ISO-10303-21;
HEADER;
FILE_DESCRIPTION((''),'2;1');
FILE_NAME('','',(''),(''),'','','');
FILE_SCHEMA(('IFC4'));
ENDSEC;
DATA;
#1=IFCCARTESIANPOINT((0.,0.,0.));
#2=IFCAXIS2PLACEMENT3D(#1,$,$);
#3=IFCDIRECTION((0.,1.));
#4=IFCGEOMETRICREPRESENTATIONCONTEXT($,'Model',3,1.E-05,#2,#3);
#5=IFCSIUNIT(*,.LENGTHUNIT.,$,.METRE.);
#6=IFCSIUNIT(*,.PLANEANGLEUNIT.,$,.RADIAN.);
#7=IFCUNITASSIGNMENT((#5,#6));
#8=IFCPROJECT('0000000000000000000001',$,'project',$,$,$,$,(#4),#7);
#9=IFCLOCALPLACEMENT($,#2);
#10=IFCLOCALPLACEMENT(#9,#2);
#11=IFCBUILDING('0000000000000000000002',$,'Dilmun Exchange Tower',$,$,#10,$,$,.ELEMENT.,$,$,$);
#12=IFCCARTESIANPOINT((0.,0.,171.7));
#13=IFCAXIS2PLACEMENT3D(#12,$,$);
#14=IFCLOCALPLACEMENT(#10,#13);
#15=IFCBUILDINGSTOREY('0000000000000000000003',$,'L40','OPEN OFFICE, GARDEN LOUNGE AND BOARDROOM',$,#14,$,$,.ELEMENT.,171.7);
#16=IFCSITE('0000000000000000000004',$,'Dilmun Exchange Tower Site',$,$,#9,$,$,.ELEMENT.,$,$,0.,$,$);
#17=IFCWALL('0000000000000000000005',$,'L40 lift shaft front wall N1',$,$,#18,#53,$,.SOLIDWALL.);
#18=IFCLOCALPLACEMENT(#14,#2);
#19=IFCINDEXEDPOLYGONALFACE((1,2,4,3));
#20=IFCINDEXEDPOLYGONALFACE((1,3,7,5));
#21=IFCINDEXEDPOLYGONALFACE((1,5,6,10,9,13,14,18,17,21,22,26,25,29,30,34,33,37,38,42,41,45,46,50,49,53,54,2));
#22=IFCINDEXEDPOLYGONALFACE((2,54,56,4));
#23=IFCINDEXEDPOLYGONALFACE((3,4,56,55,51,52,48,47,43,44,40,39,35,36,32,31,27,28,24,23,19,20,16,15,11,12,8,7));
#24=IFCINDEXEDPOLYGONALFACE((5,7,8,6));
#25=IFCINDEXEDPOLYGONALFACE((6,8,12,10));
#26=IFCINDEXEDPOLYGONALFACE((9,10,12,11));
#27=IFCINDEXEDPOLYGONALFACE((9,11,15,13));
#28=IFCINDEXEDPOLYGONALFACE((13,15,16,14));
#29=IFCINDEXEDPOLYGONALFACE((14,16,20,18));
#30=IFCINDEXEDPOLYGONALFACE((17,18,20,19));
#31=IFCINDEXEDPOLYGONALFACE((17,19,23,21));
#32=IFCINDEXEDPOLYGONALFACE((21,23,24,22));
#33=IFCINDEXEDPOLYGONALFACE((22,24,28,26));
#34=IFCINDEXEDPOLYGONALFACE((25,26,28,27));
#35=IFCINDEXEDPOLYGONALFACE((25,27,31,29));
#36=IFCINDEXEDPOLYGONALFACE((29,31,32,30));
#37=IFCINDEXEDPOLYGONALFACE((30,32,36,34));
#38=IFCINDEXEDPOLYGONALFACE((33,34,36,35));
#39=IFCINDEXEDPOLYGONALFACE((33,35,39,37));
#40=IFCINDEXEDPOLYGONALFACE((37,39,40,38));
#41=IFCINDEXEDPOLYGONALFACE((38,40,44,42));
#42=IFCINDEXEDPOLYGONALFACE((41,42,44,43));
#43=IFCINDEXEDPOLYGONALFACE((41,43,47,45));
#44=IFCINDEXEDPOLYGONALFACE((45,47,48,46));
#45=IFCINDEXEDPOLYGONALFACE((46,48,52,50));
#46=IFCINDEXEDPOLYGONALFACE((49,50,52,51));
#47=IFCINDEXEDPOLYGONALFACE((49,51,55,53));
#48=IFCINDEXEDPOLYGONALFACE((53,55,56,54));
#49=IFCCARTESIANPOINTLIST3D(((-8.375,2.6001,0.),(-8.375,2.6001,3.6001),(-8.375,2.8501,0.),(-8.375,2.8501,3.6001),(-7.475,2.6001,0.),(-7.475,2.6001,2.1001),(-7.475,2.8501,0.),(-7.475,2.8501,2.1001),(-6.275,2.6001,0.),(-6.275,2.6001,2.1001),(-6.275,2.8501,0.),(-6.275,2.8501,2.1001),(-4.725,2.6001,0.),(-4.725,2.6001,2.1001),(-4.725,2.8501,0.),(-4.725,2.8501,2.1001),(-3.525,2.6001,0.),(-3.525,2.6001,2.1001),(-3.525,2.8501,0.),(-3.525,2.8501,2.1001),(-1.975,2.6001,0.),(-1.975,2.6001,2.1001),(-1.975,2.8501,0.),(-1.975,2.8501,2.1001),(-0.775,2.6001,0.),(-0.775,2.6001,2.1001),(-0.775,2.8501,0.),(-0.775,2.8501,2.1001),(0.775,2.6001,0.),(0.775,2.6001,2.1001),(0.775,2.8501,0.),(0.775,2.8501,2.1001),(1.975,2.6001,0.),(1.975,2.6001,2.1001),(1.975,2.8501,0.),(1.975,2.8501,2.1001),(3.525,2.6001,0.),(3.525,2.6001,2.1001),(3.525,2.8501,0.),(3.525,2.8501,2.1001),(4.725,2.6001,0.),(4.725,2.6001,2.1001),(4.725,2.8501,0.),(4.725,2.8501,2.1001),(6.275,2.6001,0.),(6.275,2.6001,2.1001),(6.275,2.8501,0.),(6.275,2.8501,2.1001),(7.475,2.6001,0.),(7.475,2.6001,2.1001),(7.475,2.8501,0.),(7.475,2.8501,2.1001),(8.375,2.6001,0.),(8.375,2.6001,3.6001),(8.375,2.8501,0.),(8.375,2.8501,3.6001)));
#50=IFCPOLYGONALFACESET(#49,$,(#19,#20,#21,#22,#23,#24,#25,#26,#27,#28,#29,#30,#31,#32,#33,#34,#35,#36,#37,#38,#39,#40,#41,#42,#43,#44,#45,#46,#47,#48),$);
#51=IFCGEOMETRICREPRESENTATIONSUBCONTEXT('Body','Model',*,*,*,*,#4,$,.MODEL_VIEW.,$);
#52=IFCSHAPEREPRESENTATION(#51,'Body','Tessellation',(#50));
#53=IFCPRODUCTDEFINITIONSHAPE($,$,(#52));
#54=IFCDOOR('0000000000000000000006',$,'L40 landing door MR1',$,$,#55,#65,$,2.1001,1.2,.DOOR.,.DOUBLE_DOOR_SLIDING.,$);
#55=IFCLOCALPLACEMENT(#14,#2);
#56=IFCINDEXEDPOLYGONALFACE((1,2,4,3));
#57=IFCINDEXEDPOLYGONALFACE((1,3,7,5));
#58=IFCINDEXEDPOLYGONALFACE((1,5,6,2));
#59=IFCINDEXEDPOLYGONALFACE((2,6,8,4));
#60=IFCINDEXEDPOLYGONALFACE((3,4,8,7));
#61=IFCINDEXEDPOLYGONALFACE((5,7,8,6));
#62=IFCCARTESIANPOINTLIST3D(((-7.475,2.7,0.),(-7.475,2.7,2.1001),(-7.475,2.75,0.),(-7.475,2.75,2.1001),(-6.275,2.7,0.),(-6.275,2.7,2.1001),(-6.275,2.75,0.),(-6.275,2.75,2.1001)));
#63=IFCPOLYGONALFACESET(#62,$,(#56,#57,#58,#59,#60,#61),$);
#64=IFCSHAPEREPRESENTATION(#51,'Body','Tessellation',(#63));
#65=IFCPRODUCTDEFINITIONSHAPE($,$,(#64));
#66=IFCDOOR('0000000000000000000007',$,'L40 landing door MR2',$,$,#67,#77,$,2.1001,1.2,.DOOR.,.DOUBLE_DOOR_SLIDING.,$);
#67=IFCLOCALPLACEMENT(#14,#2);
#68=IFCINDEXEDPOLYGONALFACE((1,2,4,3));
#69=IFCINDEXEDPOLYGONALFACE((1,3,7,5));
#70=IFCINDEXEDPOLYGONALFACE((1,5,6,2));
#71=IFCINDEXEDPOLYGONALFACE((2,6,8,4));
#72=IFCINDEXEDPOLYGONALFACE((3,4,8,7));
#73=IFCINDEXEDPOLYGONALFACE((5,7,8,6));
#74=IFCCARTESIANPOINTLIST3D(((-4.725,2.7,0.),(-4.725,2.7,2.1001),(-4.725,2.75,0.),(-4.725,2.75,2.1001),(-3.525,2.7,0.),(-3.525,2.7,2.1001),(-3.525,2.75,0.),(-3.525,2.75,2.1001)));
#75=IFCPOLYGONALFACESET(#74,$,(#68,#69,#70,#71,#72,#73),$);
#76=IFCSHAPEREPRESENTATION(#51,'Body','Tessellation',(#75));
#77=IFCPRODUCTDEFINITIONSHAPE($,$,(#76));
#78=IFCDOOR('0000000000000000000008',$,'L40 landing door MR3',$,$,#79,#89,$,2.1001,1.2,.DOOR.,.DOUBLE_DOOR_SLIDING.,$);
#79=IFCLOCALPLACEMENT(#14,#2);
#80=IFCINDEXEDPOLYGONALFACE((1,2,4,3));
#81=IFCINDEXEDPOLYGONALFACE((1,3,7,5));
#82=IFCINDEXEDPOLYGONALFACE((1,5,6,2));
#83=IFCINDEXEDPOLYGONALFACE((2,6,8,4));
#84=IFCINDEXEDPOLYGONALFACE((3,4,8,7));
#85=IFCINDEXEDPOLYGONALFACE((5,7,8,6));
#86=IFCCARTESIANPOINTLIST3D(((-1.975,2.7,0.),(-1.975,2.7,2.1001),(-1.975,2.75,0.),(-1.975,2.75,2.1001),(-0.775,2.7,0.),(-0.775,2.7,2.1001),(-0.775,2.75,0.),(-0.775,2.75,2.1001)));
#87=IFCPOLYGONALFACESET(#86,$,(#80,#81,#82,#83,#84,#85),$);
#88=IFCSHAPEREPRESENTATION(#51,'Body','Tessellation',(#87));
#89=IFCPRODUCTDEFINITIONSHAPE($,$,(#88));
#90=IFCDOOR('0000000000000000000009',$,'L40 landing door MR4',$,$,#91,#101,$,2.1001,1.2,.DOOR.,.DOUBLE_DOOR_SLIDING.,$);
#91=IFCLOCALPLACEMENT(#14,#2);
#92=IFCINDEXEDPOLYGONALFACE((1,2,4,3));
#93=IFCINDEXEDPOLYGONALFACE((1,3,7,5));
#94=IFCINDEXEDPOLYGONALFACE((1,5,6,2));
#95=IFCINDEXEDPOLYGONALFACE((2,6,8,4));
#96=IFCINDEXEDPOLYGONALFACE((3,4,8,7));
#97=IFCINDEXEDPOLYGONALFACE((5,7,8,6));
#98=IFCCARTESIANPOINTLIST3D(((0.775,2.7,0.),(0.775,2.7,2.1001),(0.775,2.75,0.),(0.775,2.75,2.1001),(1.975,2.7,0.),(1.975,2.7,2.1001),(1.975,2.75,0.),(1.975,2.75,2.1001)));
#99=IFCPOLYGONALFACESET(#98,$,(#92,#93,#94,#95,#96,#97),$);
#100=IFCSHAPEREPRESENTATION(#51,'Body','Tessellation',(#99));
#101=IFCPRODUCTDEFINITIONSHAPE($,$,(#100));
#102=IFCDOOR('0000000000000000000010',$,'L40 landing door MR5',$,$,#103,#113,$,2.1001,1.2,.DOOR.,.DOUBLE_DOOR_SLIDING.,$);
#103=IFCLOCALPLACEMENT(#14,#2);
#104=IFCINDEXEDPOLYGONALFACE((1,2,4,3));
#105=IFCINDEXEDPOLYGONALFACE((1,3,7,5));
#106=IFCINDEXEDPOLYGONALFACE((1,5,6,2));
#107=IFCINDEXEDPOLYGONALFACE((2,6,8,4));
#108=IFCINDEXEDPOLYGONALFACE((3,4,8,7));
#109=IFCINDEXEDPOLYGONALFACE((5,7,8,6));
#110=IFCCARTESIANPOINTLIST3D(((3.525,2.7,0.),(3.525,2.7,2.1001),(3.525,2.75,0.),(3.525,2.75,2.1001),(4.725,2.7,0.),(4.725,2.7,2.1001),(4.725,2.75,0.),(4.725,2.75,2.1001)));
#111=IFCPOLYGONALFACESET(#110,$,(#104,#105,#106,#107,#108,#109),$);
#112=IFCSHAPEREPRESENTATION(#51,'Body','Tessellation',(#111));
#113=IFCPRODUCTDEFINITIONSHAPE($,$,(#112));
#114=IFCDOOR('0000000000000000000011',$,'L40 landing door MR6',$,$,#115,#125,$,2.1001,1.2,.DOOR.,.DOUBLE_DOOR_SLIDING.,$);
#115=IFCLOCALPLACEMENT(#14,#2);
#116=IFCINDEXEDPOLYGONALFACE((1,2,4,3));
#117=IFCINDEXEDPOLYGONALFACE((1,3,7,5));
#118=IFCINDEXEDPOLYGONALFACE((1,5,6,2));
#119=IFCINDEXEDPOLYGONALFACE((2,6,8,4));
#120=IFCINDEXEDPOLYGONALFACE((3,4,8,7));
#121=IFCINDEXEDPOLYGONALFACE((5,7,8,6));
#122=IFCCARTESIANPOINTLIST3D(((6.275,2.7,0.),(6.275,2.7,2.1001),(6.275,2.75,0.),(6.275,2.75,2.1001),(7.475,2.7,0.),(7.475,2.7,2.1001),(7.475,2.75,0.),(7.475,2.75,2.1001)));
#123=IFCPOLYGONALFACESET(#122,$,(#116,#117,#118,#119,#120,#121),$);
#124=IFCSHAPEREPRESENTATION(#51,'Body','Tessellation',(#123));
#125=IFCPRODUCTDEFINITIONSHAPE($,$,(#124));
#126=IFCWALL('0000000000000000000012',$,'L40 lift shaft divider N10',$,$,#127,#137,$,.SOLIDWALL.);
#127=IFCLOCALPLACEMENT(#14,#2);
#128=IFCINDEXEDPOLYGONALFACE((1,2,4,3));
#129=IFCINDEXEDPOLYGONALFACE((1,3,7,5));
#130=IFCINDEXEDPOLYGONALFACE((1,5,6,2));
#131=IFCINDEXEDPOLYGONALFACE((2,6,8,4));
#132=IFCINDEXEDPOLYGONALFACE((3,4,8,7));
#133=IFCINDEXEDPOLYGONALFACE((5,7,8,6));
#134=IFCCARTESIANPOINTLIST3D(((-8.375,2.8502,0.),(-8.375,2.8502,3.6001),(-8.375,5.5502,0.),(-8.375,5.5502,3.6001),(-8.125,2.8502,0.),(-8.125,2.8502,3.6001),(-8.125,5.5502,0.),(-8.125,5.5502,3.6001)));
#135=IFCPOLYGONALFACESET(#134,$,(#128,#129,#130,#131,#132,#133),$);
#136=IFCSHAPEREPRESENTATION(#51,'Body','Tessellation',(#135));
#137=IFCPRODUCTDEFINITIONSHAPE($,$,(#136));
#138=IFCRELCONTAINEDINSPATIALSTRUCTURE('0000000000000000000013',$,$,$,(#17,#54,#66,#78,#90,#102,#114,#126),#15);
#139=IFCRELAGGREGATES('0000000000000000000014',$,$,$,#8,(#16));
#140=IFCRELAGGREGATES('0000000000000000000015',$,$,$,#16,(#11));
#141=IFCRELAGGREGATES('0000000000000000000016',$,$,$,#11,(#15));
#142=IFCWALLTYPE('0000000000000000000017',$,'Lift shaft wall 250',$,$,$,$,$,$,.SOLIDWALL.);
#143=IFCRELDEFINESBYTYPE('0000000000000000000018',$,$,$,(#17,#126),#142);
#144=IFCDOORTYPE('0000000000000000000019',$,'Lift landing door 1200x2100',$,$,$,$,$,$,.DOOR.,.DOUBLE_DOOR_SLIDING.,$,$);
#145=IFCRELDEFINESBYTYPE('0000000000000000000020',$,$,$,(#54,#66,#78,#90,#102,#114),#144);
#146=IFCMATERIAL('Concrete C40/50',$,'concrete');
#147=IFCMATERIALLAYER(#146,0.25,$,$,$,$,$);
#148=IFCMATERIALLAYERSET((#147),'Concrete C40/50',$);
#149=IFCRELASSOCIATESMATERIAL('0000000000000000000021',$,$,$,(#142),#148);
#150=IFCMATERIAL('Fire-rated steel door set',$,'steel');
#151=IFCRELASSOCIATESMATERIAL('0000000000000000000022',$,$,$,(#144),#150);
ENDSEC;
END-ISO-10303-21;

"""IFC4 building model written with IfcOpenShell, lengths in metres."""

from ifc_helpers import new_model, si_unit, direction, frame, frame_2d, origin, place, context, subcontext, project, spatial, rectangle, extrude, material, layer, layer_set, type_object, element, fill, save


model = new_model("IFC4")

# Units and contexts
model_context = context("Model", 3, precision=1e-05, world=origin(), true_north=direction((0.0, 1.0)))
body_context = subcontext(model_context, "Body", "Model", "MODEL_VIEW")
ifc_project = project(units=[si_unit("LENGTHUNIT", "METRE"), si_unit("PLANEANGLEUNIT", "RADIAN")], contexts=[model_context])

# Site, building, storey
site_placement = place(None, origin())
site = spatial("IfcSite", under=ifc_project, at=site_placement, Name="Dilmun Exchange Tower Site", CompositionType="ELEMENT", RefElevation=0.0)
building_placement = place(site_placement, origin())
building = spatial("IfcBuilding", under=site, at=building_placement, Name="Dilmun Exchange Tower", CompositionType="ELEMENT")
storey_placement = place(building_placement, frame((0.0, 0.0, 171.7)))
storey = spatial("IfcBuildingStorey", under=building, at=storey_placement, Name="L40", Description="OPEN OFFICE, GARDEN LOUNGE AND BOARDROOM", CompositionType="ELEMENT", Elevation=171.7)

# Shared definitions
ifc_material_1 = material(Name="Concrete C40/50", Category="concrete")

# Shared definitions
ifc_material_2 = material(Name="Fire-rated steel door set", Category="steel")

# Wall, openings, doors
ifc_layer_1 = layer(ifc_material_1, 0.25)
ifc_layer_set_1 = layer_set([ifc_layer_1], Name="Concrete C40/50")
wall_type_1 = type_object("IfcWallType", Name="Lift shaft wall 250", PredefinedType="SOLIDWALL", material=ifc_layer_set_1)
wall_1_placement = place(storey_placement, frame((-8.375, 2.7251, 0.0), z_axis=(0.0, 0.0, 1.0), x_axis=(1.0, 0.0, 0.0)))
wall_1 = element("IfcWall", 1, at=wall_1_placement, inside=storey, type_object=wall_type_1, Name="L40 lift shaft front wall N1", PredefinedType="SOLIDWALL", context=body_context, shape_type="SweptSolid", body=[
    extrude(rectangle(XDim=16.75, YDim=0.25, at=frame_2d((8.375, 0.0))), origin(), (0.0, 0.0, 1.0), 3.6001),
])
opening_1_placement = place(wall_1_placement, frame((0.8999, 0.0, 0.0)))
opening_1 = element("IfcOpeningElement", 2, at=opening_1_placement, cuts=wall_1, PredefinedType="OPENING", context=body_context, shape_type="SweptSolid", body=[
    extrude(rectangle(XDim=1.2, YDim=2.1001, at=frame_2d((0.6001, 1.05))), frame((0.0, 0.135, 0.0), z_axis=(0.0, -1.0, 0.0), x_axis=(1.0, 0.0, 0.0)), (0.0, 0.0, 1.0), 0.27),
])
opening_2_placement = place(wall_1_placement, frame((3.6499, 0.0, 0.0)))
opening_2 = element("IfcOpeningElement", 3, at=opening_2_placement, cuts=wall_1, PredefinedType="OPENING", context=body_context, shape_type="SweptSolid", body=[
    extrude(rectangle(XDim=1.2, YDim=2.1001, at=frame_2d((0.6001, 1.05))), frame((0.0, 0.135, 0.0), z_axis=(0.0, -1.0, 0.0), x_axis=(1.0, 0.0, 0.0)), (0.0, 0.0, 1.0), 0.27),
])
opening_3_placement = place(wall_1_placement, frame((6.3999, 0.0, 0.0)))
opening_3 = element("IfcOpeningElement", 4, at=opening_3_placement, cuts=wall_1, PredefinedType="OPENING", context=body_context, shape_type="SweptSolid", body=[
    extrude(rectangle(XDim=1.2, YDim=2.1001, at=frame_2d((0.6001, 1.05))), frame((0.0, 0.135, 0.0), z_axis=(0.0, -1.0, 0.0), x_axis=(1.0, 0.0, 0.0)), (0.0, 0.0, 1.0), 0.27),
])
opening_4_placement = place(wall_1_placement, frame((9.1499, 0.0, 0.0)))
opening_4 = element("IfcOpeningElement", 5, at=opening_4_placement, cuts=wall_1, PredefinedType="OPENING", context=body_context, shape_type="SweptSolid", body=[
    extrude(rectangle(XDim=1.2, YDim=2.1001, at=frame_2d((0.6001, 1.05))), frame((0.0, 0.135, 0.0), z_axis=(0.0, -1.0, 0.0), x_axis=(1.0, 0.0, 0.0)), (0.0, 0.0, 1.0), 0.27),
])
opening_5_placement = place(wall_1_placement, frame((11.8999, 0.0, 0.0)))
opening_5 = element("IfcOpeningElement", 6, at=opening_5_placement, cuts=wall_1, PredefinedType="OPENING", context=body_context, shape_type="SweptSolid", body=[
    extrude(rectangle(XDim=1.2, YDim=2.1001, at=frame_2d((0.6001, 1.05))), frame((0.0, 0.135, 0.0), z_axis=(0.0, -1.0, 0.0), x_axis=(1.0, 0.0, 0.0)), (0.0, 0.0, 1.0), 0.27),
])
opening_6_placement = place(wall_1_placement, frame((14.6499, 0.0, 0.0)))
opening_6 = element("IfcOpeningElement", 7, at=opening_6_placement, cuts=wall_1, PredefinedType="OPENING", context=body_context, shape_type="SweptSolid", body=[
    extrude(rectangle(XDim=1.2, YDim=2.1001, at=frame_2d((0.6001, 1.05))), frame((0.0, 0.135, 0.0), z_axis=(0.0, -1.0, 0.0), x_axis=(1.0, 0.0, 0.0)), (0.0, 0.0, 1.0), 0.27),
])
door_type_1 = type_object("IfcDoorType", Name="Lift landing door 1200x2100", OperationType="DOUBLE_DOOR_SLIDING", PredefinedType="DOOR", material=ifc_material_2)
door_1_placement = place(opening_1_placement, origin())
door_1 = element("IfcDoor", 8, at=door_1_placement, inside=storey, type_object=door_type_1, Name="L40 landing door MR1", OperationType="DOUBLE_DOOR_SLIDING", OverallHeight=2.1001, OverallWidth=1.2, PredefinedType="DOOR", context=body_context, shape_type="SweptSolid", body=[
    extrude(rectangle(XDim=1.2, YDim=2.1001, at=frame_2d((0.6001, 1.05))), frame((0.0, 0.0249, 0.0), z_axis=(0.0, -1.0, 0.0), x_axis=(1.0, 0.0, 0.0)), (0.0, 0.0, 1.0), 0.05),
])
fill(opening_1, door_1)
door_2_placement = place(opening_2_placement, origin())
door_2 = element("IfcDoor", 9, at=door_2_placement, inside=storey, type_object=door_type_1, Name="L40 landing door MR2", OperationType="DOUBLE_DOOR_SLIDING", OverallHeight=2.1001, OverallWidth=1.2, PredefinedType="DOOR", context=body_context, shape_type="SweptSolid", body=[
    extrude(rectangle(XDim=1.2, YDim=2.1001, at=frame_2d((0.6001, 1.05))), frame((0.0, 0.0249, 0.0), z_axis=(0.0, -1.0, 0.0), x_axis=(1.0, 0.0, 0.0)), (0.0, 0.0, 1.0), 0.05),
])
fill(opening_2, door_2)
door_3_placement = place(opening_3_placement, origin())
door_3 = element("IfcDoor", 10, at=door_3_placement, inside=storey, type_object=door_type_1, Name="L40 landing door MR3", OperationType="DOUBLE_DOOR_SLIDING", OverallHeight=2.1001, OverallWidth=1.2, PredefinedType="DOOR", context=body_context, shape_type="SweptSolid", body=[
    extrude(rectangle(XDim=1.2, YDim=2.1001, at=frame_2d((0.6001, 1.05))), frame((0.0, 0.0249, 0.0), z_axis=(0.0, -1.0, 0.0), x_axis=(1.0, 0.0, 0.0)), (0.0, 0.0, 1.0), 0.05),
])
fill(opening_3, door_3)
door_4_placement = place(opening_4_placement, origin())
door_4 = element("IfcDoor", 11, at=door_4_placement, inside=storey, type_object=door_type_1, Name="L40 landing door MR4", OperationType="DOUBLE_DOOR_SLIDING", OverallHeight=2.1001, OverallWidth=1.2, PredefinedType="DOOR", context=body_context, shape_type="SweptSolid", body=[
    extrude(rectangle(XDim=1.2, YDim=2.1001, at=frame_2d((0.6001, 1.05))), frame((0.0, 0.0249, 0.0), z_axis=(0.0, -1.0, 0.0), x_axis=(1.0, 0.0, 0.0)), (0.0, 0.0, 1.0), 0.05),
])
fill(opening_4, door_4)
door_5_placement = place(opening_5_placement, origin())
door_5 = element("IfcDoor", 12, at=door_5_placement, inside=storey, type_object=door_type_1, Name="L40 landing door MR5", OperationType="DOUBLE_DOOR_SLIDING", OverallHeight=2.1001, OverallWidth=1.2, PredefinedType="DOOR", context=body_context, shape_type="SweptSolid", body=[
    extrude(rectangle(XDim=1.2, YDim=2.1001, at=frame_2d((0.6001, 1.05))), frame((0.0, 0.0249, 0.0), z_axis=(0.0, -1.0, 0.0), x_axis=(1.0, 0.0, 0.0)), (0.0, 0.0, 1.0), 0.05),
])
fill(opening_5, door_5)
door_6_placement = place(opening_6_placement, origin())
door_6 = element("IfcDoor", 13, at=door_6_placement, inside=storey, type_object=door_type_1, Name="L40 landing door MR6", OperationType="DOUBLE_DOOR_SLIDING", OverallHeight=2.1001, OverallWidth=1.2, PredefinedType="DOOR", context=body_context, shape_type="SweptSolid", body=[
    extrude(rectangle(XDim=1.2, YDim=2.1001, at=frame_2d((0.6001, 1.05))), frame((0.0, 0.0249, 0.0), z_axis=(0.0, -1.0, 0.0), x_axis=(1.0, 0.0, 0.0)), (0.0, 0.0, 1.0), 0.05),
])
fill(opening_6, door_6)

# Wall
wall_2_placement = place(storey_placement, frame((-8.25, 2.8501, 0.0), z_axis=(0.0, 0.0, 1.0), x_axis=(0.0, 1.0, 0.0)))
element("IfcWall", 14, at=wall_2_placement, inside=storey, type_object=wall_type_1, Name="L40 lift shaft divider N10", PredefinedType="SOLIDWALL", context=body_context, shape_type="SweptSolid", body=[
    extrude(rectangle(XDim=2.7, YDim=0.25, at=frame_2d((1.3501, 0.0))), origin(), (0.0, 0.0, 1.0), 3.6001),
])

save(model, "model.ifc")
